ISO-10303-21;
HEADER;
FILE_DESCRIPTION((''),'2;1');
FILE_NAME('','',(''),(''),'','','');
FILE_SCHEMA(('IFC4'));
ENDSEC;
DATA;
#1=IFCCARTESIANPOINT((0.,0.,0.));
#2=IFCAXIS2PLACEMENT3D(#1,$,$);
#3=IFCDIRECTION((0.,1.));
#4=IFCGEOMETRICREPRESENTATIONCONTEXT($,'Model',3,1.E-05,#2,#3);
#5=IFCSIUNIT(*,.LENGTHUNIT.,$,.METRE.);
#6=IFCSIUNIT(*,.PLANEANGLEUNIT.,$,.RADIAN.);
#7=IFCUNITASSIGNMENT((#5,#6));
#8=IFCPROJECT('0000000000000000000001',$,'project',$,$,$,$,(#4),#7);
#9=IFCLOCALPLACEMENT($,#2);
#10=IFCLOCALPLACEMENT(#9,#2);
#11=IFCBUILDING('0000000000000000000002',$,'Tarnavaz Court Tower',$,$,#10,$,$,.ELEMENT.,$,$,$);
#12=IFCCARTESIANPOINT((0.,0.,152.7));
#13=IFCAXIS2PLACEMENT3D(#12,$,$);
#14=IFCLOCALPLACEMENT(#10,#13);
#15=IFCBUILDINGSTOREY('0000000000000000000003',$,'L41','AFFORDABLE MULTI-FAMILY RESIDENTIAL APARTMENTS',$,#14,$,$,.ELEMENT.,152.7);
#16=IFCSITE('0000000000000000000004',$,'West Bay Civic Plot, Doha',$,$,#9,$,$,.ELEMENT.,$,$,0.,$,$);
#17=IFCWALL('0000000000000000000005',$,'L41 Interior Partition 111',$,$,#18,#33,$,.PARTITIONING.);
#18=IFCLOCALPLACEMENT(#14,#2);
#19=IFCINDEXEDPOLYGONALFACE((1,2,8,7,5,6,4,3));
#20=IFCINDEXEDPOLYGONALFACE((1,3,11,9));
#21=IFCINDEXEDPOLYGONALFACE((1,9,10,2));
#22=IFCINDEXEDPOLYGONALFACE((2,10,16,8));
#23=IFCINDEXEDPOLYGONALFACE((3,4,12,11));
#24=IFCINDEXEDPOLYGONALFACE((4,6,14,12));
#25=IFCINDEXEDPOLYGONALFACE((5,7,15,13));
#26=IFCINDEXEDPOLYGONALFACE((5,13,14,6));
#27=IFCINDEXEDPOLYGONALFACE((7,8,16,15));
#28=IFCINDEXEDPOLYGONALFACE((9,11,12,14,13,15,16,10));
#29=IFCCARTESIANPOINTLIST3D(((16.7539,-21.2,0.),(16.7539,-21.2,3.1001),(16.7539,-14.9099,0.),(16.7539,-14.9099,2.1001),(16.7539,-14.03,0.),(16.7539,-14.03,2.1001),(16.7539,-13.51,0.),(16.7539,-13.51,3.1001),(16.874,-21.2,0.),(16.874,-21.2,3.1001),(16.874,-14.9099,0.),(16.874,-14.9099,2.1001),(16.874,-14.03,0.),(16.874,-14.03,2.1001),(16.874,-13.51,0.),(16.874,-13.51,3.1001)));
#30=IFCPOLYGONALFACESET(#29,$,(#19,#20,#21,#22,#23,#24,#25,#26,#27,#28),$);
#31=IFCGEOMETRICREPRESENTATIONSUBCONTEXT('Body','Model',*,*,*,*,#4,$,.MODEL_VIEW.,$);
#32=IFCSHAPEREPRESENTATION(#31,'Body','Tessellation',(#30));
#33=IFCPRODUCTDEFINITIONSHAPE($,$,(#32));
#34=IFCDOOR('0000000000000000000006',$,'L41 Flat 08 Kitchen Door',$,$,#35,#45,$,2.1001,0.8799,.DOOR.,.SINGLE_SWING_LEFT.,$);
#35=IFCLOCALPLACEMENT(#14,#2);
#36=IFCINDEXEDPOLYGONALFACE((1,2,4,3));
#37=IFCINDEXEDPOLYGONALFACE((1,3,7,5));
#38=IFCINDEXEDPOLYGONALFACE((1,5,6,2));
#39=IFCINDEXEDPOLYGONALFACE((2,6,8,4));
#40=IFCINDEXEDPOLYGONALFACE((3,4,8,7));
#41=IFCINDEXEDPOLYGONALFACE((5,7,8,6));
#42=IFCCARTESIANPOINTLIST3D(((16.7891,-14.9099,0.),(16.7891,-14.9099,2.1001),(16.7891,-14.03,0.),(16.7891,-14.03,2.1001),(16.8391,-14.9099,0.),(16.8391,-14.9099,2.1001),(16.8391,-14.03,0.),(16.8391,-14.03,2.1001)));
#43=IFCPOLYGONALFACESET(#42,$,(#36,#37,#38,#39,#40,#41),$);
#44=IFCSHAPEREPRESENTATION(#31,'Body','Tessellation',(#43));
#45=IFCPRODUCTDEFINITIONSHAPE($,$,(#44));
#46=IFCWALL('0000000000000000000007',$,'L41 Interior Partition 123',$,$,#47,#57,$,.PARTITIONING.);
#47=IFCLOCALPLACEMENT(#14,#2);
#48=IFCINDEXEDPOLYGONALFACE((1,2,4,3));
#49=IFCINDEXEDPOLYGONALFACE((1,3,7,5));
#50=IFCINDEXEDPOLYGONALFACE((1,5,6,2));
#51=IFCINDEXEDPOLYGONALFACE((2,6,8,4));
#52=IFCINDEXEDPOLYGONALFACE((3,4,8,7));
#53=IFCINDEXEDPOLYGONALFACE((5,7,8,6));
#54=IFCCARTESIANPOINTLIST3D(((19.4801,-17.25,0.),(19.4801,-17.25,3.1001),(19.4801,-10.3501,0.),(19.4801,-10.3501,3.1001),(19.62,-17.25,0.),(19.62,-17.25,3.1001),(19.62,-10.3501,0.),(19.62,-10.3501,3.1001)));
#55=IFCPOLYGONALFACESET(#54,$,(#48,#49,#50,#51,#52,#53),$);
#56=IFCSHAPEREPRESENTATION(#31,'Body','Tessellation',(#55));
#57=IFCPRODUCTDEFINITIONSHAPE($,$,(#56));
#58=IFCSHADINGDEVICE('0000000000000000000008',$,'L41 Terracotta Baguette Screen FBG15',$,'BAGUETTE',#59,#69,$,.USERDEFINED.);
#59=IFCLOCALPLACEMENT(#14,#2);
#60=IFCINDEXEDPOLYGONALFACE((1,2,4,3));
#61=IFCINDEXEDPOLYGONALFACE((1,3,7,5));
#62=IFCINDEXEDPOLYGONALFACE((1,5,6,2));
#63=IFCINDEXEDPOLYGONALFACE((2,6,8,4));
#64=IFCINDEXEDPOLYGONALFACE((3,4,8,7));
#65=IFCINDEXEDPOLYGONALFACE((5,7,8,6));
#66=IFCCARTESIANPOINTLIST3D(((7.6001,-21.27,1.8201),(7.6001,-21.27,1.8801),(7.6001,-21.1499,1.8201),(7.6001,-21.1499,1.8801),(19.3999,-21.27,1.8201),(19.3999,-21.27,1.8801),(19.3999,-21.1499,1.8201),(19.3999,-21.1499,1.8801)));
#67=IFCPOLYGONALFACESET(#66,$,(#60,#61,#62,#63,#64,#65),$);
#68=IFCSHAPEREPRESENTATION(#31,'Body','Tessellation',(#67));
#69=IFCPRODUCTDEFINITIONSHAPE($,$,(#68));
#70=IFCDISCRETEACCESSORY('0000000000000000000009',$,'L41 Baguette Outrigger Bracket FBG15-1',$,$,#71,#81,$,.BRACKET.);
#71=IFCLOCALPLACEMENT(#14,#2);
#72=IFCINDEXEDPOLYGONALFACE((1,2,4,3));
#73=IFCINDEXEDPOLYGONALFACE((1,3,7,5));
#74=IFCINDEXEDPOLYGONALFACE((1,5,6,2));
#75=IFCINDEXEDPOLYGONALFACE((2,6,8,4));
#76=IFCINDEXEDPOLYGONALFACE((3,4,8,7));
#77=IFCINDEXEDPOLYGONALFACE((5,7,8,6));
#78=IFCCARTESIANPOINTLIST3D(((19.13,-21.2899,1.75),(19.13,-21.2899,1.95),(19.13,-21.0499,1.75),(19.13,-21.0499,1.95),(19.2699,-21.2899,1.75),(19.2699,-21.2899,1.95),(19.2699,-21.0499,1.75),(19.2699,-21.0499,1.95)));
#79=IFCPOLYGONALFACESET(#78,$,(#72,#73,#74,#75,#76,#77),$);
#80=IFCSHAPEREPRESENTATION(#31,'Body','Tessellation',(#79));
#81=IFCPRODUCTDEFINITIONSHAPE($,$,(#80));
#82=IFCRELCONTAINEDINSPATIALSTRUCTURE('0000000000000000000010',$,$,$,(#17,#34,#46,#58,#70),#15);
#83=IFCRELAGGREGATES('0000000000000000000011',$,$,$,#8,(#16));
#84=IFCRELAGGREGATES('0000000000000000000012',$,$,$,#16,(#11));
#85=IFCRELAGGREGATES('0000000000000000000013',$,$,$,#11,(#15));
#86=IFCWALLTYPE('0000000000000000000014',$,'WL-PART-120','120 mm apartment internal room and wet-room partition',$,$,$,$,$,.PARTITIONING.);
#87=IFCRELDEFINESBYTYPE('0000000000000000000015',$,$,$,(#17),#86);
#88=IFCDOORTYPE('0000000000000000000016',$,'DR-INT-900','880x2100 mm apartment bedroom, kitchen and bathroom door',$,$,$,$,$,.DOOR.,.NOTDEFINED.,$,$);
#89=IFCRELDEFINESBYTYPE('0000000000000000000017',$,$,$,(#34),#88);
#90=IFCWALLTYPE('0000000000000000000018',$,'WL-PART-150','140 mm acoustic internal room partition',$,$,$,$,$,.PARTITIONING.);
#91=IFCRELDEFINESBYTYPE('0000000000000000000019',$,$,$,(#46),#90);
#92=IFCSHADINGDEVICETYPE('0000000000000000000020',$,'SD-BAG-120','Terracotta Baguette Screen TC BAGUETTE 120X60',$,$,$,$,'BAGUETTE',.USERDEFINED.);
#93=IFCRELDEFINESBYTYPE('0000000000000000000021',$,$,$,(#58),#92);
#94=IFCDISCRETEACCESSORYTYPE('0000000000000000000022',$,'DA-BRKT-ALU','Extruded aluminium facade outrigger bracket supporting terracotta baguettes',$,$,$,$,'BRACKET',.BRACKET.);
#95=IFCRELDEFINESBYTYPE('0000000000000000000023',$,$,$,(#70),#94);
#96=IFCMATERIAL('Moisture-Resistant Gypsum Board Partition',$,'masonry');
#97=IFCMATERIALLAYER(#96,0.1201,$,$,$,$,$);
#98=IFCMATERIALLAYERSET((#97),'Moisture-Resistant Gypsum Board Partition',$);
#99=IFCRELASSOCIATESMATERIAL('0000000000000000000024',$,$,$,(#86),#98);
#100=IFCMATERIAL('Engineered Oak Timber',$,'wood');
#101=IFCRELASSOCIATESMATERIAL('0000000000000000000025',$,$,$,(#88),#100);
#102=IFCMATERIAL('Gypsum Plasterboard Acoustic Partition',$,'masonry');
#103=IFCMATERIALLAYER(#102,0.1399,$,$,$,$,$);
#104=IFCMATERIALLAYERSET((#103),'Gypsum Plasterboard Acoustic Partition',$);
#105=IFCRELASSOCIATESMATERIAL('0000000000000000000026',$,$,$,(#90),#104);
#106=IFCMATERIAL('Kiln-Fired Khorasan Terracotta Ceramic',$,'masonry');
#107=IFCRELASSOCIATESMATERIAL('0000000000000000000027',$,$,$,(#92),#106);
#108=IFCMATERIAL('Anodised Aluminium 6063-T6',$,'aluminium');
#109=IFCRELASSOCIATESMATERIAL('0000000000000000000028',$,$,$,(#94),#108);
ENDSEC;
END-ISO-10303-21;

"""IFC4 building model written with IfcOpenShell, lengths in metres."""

from ifc_helpers import new_model, si_unit, direction, frame, frame_2d, origin, origin_2d, place, context, subcontext, project, spatial, rectangle, extrude, material, layer, layer_set, material_profile, profile_set, type_object, element, fill, save


model = new_model("IFC4")

# Units and contexts
model_context = context("Model", 3, precision=1e-05, world=origin(), true_north=direction((0.0, 1.0)))
body_context = subcontext(model_context, "Body", "Model", "MODEL_VIEW")
ifc_project = project(units=[si_unit("LENGTHUNIT", "METRE"), si_unit("PLANEANGLEUNIT", "RADIAN")], contexts=[model_context])

# Site, building, storey
site_placement = place(None, origin())
site = spatial("IfcSite", under=ifc_project, at=site_placement, Name="West Bay Civic Plot, Doha", CompositionType="ELEMENT", RefElevation=0.0)
building_placement = place(site_placement, origin())
building = spatial("IfcBuilding", under=site, at=building_placement, Name="Tarnavaz Court Tower", CompositionType="ELEMENT")
storey_placement = place(building_placement, frame((0.0, 0.0, 152.7)))
storey = spatial("IfcBuildingStorey", under=building, at=storey_placement, Name="L41", Description="AFFORDABLE MULTI-FAMILY RESIDENTIAL APARTMENTS", CompositionType="ELEMENT", Elevation=152.7)

# Wall, opening, door
ifc_material_1 = material(Name="Moisture-Resistant Gypsum Board Partition", Category="masonry")
ifc_layer_1 = layer(ifc_material_1, 0.1201)
ifc_layer_set_1 = layer_set([ifc_layer_1], Name="Moisture-Resistant Gypsum Board Partition")
wall_type_1 = type_object("IfcWallType", Name="WL-PART-120", Description="120 mm apartment internal room and wet-room partition", PredefinedType="PARTITIONING", material=ifc_layer_set_1)
ifc_material_2 = material(Name="Engineered Oak Timber", Category="wood")
door_type = type_object("IfcDoorType", Name="DR-INT-900", Description="880x2100 mm apartment bedroom, kitchen and bathroom door", OperationType="NOTDEFINED", PredefinedType="DOOR", material=ifc_material_2)
wall_1_placement = place(storey_placement, frame((16.814, -21.2, 0.0), z_axis=(0.0, 0.0, 1.0), x_axis=(0.0, 1.0, 0.0)))
wall_1 = element("IfcWall", 1, at=wall_1_placement, inside=storey, type_object=wall_type_1, Name="L41 Interior Partition 111", PredefinedType="PARTITIONING", context=body_context, shape_type="SweptSolid", body=[
    extrude(rectangle(XDim=7.6899, YDim=0.1201, at=frame_2d((3.845, 0.0))), origin(), (0.0, 0.0, 1.0), 3.1001),
])
opening_1_placement = place(wall_1_placement, frame((6.29, 0.0, 0.0)))
opening_1 = element("IfcOpeningElement", 2, at=opening_1_placement, cuts=wall_1, PredefinedType="OPENING", context=body_context, shape_type="SweptSolid", body=[
    extrude(rectangle(XDim=0.8799, YDim=2.1001, at=frame_2d((0.4399, 1.05))), frame((0.0, 0.0701, 0.0), z_axis=(0.0, -1.0, 0.0), x_axis=(1.0, 0.0, 0.0)), (0.0, 0.0, 1.0), 0.1401),
])
door_1_placement = place(opening_1_placement, origin())
door_1 = element("IfcDoor", 3, at=door_1_placement, inside=storey, type_object=door_type, Name="L41 Flat 08 Kitchen Door", OperationType="SINGLE_SWING_LEFT", OverallHeight=2.1001, OverallWidth=0.8799, PredefinedType="DOOR", context=body_context, shape_type="SweptSolid", body=[
    extrude(rectangle(XDim=0.8799, YDim=2.1001, at=frame_2d((0.4399, 1.05))), frame((0.0, 0.0249, 0.0), z_axis=(0.0, -1.0, 0.0), x_axis=(1.0, 0.0, 0.0)), (0.0, 0.0, 1.0), 0.05),
])
fill(opening_1, door_1)

# Wall
ifc_material_3 = material(Name="Gypsum Plasterboard Acoustic Partition", Category="masonry")
ifc_layer_2 = layer(ifc_material_3, 0.1399)
ifc_layer_set_2 = layer_set([ifc_layer_2], Name="Gypsum Plasterboard Acoustic Partition")
wall_type_2 = type_object("IfcWallType", Name="WL-PART-150", Description="140 mm acoustic internal room partition", PredefinedType="PARTITIONING", material=ifc_layer_set_2)
wall_2_placement = place(storey_placement, frame((19.55, -17.25, 0.0), z_axis=(0.0, 0.0, 1.0), x_axis=(0.0, 1.0, 0.0)))
element("IfcWall", 4, at=wall_2_placement, inside=storey, type_object=wall_type_2, Name="L41 Interior Partition 123", PredefinedType="PARTITIONING", context=body_context, shape_type="SweptSolid", body=[
    extrude(rectangle(XDim=6.8999, YDim=0.1399, at=frame_2d((3.45, 0.0))), origin(), (0.0, 0.0, 1.0), 3.1001),
])

# Shading device
ifc_material_4 = material(Name="Kiln-Fired Khorasan Terracotta Ceramic", Category="masonry")
ifc_material_profile_1 = material_profile(ifc_material_4, rectangle(XDim=0.1201, YDim=0.0601, at=origin_2d()), Name="TC BAGUETTE 120X60")
ifc_profile_set_1 = profile_set([ifc_material_profile_1], Name="Kiln-Fired Khorasan Terracotta Ceramic")
shading_device_type = type_object("IfcShadingDeviceType", Name="SD-BAG-120", Description="Terracotta Baguette Screen TC BAGUETTE 120X60", ElementType="BAGUETTE", PredefinedType="USERDEFINED", material=ifc_profile_set_1)
shading_device_placement = place(storey_placement, frame((19.3999, -21.21, 1.8501), z_axis=(-1.0, 0.0, 0.0), x_axis=(0.0, -1.0, 0.0)))
element("IfcShadingDevice", 5, at=shading_device_placement, inside=storey, type_object=shading_device_type, Name="L41 Terracotta Baguette Screen FBG15", ObjectType="BAGUETTE", PredefinedType="USERDEFINED", context=body_context, shape_type="SweptSolid", body=[
    extrude(rectangle(XDim=0.1201, YDim=0.0601, at=origin_2d()), origin(), (0.0, 0.0, 1.0), 11.7998),
])

# Discrete accessory
ifc_material_5 = material(Name="Anodised Aluminium 6063-T6", Category="aluminium")
discrete_accessory_type = type_object("IfcDiscreteAccessoryType", Name="DA-BRKT-ALU", Description="Extruded aluminium facade outrigger bracket supporting terracotta baguettes", ElementType="BRACKET", PredefinedType="BRACKET", material=ifc_material_5)
discrete_accessory_placement = place(storey_placement, frame((19.2, -21.1699, 1.75), z_axis=(0.0, 0.0, 1.0), x_axis=(-1.0, 0.0, 0.0)))
element("IfcDiscreteAccessory", 6, at=discrete_accessory_placement, inside=storey, type_object=discrete_accessory_type, Name="L41 Baguette Outrigger Bracket FBG15-1", PredefinedType="BRACKET", context=body_context, shape_type="SweptSolid", body=[
    extrude(rectangle(XDim=0.1399, YDim=0.24, at=origin_2d()), origin(), (0.0, 0.0, 1.0), 0.2),
])

save(model, "model.ifc")
